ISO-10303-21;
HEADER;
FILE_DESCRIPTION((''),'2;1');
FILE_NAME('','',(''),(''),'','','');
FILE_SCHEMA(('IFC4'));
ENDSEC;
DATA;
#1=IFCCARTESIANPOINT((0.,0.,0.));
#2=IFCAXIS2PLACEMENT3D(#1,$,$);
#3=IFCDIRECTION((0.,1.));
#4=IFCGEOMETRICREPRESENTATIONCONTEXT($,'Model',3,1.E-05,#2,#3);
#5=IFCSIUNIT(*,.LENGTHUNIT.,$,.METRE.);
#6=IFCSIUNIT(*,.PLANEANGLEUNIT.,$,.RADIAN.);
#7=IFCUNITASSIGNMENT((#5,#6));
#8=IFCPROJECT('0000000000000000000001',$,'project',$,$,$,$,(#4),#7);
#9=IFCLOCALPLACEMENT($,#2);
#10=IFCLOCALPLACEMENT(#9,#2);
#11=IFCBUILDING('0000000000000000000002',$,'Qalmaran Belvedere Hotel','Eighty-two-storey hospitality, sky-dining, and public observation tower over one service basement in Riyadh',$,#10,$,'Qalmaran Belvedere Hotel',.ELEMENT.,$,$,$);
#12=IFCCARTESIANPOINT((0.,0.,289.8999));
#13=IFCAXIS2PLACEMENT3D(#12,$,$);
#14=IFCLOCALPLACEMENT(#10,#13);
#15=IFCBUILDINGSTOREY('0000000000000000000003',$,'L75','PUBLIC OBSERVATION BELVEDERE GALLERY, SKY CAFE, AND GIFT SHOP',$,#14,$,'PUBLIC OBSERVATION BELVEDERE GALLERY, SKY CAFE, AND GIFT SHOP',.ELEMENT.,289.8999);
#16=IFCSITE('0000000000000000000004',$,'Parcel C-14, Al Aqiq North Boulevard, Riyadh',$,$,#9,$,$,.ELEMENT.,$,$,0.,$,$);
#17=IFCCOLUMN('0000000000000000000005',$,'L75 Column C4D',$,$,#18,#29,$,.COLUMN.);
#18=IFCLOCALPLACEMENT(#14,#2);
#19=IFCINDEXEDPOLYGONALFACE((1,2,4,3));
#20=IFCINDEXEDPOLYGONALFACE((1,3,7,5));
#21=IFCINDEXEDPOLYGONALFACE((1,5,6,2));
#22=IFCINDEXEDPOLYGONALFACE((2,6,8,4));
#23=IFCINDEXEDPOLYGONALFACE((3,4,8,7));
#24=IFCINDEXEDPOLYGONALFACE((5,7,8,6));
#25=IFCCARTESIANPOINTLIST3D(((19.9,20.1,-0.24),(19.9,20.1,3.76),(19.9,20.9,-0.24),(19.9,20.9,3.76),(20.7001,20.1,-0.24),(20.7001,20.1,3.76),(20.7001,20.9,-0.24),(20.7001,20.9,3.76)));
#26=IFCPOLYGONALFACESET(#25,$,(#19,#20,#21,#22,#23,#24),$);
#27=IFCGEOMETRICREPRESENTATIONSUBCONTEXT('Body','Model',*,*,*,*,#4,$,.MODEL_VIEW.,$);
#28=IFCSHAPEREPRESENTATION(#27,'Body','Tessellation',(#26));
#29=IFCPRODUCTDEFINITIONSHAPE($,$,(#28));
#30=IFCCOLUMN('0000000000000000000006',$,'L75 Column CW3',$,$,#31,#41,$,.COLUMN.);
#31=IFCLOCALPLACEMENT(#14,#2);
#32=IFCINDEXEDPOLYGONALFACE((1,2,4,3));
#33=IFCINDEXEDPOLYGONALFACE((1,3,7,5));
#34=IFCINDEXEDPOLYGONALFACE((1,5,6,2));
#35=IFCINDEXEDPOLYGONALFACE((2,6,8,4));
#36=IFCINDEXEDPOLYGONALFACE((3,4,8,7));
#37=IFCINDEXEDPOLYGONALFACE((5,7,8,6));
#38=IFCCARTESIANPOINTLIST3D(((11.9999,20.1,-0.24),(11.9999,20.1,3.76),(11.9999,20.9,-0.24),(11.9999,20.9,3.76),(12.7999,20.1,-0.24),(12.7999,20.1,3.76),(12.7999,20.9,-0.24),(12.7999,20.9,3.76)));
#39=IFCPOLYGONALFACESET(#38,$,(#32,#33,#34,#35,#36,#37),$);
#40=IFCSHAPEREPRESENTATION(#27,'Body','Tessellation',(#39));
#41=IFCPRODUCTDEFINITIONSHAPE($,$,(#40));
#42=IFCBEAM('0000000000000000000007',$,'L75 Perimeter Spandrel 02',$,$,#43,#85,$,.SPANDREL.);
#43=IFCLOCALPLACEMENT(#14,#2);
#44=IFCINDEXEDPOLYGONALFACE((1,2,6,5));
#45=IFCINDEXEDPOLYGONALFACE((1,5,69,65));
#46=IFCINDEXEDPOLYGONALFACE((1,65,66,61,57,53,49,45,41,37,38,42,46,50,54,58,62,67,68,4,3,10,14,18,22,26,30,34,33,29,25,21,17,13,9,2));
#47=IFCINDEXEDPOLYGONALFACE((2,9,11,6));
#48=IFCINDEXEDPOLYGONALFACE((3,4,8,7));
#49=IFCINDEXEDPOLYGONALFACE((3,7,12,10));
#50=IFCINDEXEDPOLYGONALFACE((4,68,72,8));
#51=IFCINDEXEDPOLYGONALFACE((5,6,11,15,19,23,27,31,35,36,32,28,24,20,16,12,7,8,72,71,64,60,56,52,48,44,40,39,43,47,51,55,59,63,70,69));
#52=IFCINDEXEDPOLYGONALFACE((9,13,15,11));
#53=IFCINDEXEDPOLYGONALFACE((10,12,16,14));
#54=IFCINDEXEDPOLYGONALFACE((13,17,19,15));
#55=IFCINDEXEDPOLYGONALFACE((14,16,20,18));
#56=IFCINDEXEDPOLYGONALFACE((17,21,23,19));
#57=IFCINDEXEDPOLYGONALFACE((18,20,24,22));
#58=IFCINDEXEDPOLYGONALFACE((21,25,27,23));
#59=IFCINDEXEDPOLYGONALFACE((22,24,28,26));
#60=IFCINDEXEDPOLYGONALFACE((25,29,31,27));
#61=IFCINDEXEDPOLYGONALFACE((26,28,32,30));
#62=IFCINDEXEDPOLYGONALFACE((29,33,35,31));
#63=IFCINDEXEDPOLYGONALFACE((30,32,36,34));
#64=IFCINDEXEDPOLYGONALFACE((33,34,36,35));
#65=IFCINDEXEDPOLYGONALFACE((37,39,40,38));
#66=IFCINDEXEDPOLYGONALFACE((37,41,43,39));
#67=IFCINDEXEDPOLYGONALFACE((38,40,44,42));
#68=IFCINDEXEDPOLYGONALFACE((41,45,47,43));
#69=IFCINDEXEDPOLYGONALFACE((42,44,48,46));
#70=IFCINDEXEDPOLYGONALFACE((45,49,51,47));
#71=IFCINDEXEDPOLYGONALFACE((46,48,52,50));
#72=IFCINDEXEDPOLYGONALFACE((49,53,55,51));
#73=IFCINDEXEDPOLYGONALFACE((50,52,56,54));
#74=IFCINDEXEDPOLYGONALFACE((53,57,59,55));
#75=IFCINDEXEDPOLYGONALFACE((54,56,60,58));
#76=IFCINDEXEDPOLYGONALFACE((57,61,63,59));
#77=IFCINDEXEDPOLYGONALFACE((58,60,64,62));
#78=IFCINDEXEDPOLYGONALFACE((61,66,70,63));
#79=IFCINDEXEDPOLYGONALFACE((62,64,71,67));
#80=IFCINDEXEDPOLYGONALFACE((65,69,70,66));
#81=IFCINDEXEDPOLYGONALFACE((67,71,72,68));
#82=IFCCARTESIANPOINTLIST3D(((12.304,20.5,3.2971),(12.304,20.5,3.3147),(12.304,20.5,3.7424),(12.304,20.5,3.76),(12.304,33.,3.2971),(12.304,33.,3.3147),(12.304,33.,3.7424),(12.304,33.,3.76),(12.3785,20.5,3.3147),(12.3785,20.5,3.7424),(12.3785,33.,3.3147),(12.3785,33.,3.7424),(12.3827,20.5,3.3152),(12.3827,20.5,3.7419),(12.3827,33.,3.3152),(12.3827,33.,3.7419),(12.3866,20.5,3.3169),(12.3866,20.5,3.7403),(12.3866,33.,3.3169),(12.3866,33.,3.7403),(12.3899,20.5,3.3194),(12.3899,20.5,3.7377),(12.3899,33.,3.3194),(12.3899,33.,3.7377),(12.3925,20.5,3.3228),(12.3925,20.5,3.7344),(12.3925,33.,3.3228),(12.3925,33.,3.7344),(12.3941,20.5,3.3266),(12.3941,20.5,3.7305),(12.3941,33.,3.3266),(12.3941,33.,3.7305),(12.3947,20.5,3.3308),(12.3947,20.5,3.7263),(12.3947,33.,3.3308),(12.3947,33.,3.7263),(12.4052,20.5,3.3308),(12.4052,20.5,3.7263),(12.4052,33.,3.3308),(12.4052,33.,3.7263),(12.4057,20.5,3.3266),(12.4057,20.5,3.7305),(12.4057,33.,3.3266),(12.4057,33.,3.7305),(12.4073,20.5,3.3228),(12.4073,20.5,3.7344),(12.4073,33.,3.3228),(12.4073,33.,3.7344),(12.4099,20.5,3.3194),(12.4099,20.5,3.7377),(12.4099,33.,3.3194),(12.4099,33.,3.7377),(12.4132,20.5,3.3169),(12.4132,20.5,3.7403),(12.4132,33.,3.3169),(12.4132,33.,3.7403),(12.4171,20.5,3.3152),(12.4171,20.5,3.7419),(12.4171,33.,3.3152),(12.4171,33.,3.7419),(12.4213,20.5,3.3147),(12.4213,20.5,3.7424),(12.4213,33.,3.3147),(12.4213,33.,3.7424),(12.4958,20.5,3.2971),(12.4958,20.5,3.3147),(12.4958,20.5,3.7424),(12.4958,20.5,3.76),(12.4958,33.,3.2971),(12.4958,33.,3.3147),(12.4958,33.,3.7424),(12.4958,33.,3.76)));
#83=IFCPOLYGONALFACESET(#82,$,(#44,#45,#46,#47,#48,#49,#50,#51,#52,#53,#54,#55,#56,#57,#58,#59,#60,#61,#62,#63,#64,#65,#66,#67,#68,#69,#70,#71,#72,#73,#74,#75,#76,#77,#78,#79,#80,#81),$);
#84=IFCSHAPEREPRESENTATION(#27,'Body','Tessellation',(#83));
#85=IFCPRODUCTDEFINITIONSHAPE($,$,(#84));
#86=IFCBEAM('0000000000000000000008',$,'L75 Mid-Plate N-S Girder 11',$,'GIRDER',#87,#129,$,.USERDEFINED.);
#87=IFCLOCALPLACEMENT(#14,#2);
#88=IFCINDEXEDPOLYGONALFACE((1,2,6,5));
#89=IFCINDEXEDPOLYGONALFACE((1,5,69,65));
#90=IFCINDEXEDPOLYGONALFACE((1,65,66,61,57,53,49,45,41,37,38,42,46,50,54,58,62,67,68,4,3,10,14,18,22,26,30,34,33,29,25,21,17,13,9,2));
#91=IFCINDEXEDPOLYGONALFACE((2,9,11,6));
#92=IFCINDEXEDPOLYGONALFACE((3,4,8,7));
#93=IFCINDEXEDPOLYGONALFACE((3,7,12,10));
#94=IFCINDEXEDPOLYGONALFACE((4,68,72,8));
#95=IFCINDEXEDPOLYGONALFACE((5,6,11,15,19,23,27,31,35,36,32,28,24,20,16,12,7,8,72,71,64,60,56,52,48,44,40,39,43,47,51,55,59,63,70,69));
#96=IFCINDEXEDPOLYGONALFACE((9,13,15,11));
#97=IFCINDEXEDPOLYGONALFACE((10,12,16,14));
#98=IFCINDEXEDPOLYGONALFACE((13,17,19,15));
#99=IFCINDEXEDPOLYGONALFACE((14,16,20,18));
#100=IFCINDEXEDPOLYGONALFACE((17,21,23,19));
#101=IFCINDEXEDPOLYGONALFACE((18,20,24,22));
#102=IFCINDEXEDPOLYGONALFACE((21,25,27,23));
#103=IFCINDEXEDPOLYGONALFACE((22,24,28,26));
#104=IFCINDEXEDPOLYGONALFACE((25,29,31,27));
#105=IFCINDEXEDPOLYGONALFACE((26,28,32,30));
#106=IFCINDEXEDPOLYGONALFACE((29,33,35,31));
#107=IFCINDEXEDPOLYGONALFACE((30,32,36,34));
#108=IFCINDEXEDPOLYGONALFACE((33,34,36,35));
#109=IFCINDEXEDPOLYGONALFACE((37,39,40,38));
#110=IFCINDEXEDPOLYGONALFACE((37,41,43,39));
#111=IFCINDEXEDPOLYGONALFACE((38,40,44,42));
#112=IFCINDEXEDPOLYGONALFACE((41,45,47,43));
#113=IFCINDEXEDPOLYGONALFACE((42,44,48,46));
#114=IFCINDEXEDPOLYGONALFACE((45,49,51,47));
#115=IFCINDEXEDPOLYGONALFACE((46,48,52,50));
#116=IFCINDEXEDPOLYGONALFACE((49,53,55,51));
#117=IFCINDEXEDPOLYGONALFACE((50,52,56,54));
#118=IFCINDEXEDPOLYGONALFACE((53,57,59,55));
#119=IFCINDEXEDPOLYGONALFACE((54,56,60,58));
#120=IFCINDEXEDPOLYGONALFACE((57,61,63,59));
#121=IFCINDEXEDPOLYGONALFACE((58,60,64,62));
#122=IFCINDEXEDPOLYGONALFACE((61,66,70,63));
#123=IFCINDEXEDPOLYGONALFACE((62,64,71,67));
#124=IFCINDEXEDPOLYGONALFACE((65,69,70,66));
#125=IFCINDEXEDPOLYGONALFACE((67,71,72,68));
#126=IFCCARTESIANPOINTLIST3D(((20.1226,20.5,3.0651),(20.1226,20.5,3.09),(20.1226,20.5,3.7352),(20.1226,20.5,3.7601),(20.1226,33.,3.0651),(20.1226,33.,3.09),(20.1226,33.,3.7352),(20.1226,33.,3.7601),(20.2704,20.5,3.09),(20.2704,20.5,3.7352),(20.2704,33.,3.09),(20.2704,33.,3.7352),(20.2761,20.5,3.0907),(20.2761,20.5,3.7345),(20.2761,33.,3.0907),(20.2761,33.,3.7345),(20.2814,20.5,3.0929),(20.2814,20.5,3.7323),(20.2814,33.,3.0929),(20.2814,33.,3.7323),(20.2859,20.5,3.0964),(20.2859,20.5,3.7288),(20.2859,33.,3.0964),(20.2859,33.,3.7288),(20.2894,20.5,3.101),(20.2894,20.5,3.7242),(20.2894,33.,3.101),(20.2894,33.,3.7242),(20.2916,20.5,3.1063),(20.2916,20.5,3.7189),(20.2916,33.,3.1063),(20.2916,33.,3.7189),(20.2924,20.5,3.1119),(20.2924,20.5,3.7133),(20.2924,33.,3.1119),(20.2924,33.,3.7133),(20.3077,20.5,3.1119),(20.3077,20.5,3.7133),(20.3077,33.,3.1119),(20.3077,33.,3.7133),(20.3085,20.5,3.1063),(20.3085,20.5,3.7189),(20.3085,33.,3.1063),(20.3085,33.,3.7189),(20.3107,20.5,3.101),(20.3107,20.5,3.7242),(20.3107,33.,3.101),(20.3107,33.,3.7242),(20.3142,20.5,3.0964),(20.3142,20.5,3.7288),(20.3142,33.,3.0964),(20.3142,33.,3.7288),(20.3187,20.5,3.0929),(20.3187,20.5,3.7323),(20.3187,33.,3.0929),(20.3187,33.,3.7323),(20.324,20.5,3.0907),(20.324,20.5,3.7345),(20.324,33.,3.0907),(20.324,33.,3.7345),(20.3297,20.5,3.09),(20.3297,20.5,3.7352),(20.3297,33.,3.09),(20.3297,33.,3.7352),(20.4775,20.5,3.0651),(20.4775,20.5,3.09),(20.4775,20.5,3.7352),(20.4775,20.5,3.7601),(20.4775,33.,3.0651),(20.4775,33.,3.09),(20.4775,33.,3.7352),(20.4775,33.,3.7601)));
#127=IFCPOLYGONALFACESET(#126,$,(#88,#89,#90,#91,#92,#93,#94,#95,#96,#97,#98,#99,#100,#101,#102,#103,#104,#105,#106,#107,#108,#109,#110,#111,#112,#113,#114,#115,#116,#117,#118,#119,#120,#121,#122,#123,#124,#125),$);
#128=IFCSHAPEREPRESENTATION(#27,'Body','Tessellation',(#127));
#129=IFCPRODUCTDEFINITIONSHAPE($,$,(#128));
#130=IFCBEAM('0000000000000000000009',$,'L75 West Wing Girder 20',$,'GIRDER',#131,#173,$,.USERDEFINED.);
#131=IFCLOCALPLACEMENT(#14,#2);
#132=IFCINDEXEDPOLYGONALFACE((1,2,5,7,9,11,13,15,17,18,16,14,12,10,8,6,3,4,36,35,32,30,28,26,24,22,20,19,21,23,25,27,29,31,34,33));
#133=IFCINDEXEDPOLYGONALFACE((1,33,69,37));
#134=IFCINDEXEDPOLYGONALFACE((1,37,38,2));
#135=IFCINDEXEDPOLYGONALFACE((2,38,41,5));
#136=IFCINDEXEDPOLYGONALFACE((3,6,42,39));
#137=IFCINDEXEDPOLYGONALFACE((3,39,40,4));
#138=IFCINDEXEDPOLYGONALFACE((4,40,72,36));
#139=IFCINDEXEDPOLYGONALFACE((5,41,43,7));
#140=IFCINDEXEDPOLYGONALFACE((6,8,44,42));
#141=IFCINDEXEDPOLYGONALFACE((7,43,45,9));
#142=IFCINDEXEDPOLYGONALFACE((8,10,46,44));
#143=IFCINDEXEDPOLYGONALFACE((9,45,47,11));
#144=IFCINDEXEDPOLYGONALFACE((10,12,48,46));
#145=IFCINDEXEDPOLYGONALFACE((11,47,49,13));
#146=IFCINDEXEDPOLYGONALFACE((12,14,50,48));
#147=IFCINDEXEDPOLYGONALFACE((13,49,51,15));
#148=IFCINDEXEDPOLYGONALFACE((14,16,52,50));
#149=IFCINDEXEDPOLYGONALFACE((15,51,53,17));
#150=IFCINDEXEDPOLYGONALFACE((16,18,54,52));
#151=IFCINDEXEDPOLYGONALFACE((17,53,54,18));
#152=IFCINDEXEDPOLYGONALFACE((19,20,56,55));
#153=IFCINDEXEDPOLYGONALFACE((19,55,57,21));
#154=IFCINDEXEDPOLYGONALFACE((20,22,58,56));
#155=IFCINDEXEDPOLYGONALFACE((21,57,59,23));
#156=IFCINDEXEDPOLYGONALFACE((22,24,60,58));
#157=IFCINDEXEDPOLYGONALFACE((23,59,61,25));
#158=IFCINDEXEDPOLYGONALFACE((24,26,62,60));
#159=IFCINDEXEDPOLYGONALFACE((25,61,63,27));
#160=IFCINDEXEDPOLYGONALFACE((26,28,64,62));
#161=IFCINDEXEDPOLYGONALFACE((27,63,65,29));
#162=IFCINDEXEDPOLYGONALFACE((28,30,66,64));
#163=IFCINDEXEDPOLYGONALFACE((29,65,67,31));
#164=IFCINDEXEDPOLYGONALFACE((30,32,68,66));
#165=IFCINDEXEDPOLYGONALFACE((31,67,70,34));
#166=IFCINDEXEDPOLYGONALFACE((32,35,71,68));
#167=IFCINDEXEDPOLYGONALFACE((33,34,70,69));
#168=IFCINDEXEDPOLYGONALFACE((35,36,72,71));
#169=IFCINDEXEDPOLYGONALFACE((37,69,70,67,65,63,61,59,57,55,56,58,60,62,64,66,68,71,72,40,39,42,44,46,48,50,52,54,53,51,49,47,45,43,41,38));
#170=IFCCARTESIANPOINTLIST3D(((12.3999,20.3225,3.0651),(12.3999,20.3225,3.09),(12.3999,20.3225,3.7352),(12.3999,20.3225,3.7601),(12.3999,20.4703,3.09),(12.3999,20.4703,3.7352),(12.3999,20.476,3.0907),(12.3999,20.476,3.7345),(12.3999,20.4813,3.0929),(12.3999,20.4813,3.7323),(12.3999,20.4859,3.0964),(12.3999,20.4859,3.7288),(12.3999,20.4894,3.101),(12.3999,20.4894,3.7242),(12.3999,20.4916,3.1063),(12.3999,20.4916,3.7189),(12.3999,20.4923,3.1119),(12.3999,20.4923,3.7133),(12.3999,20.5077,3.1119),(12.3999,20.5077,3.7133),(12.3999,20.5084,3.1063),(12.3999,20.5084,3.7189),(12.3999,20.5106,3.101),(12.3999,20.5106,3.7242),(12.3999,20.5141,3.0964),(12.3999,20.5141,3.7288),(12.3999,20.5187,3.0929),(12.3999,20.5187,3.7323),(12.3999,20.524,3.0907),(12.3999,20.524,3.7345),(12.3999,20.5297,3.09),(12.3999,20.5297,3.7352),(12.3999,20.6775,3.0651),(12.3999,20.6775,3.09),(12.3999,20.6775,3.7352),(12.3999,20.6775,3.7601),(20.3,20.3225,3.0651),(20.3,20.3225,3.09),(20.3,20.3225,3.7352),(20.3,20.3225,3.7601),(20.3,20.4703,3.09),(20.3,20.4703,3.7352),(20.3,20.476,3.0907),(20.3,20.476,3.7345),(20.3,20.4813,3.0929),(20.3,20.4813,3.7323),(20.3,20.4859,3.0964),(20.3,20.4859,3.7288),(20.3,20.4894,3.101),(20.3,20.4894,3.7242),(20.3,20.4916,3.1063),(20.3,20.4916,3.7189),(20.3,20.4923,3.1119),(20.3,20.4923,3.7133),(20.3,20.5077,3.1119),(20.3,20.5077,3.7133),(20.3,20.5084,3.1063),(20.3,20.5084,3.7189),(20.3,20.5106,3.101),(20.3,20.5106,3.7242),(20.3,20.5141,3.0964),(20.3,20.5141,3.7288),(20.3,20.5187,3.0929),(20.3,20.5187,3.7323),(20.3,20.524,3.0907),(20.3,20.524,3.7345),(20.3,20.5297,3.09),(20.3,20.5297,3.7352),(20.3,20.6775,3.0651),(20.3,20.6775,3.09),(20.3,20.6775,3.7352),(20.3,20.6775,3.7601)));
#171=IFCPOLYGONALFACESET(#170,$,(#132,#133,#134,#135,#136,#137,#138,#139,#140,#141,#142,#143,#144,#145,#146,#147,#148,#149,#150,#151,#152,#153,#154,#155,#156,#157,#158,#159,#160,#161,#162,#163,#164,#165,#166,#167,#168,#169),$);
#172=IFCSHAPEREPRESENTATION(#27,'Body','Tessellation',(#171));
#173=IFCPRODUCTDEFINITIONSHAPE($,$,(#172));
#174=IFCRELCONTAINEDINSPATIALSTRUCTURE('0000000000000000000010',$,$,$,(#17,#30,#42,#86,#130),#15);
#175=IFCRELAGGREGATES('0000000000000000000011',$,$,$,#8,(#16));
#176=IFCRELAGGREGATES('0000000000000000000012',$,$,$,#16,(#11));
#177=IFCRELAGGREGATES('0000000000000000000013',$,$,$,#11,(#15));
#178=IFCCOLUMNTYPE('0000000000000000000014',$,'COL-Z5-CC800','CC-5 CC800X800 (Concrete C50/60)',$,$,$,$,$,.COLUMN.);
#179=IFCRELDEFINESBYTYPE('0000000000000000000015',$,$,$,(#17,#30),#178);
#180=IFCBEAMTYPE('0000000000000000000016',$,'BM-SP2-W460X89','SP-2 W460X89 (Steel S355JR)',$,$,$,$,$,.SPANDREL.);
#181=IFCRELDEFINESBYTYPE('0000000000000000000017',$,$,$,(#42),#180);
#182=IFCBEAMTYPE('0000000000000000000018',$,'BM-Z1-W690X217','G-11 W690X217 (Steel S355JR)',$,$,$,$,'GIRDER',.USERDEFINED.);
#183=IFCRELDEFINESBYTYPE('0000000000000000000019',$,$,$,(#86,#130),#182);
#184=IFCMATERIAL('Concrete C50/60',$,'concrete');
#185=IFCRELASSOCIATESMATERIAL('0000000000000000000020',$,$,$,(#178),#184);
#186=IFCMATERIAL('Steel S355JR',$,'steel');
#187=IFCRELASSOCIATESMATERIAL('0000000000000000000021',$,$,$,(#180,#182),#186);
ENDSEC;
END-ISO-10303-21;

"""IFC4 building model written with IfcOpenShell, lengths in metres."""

from ifc_helpers import new_model, si_unit, direction, frame, origin, origin_2d, place, context, subcontext, project, spatial, rectangle, i_section, extrude, material, material_profile, profile_set, type_object, element, save


model = new_model("IFC4")

# Units and contexts
model_context = context("Model", 3, precision=1e-05, world=origin(), true_north=direction((0.0, 1.0)))
body_context = subcontext(model_context, "Body", "Model", "MODEL_VIEW")
ifc_project = project(units=[si_unit("LENGTHUNIT", "METRE"), si_unit("PLANEANGLEUNIT", "RADIAN")], contexts=[model_context])

# Site, building, storey
site_placement = place(None, origin())
site = spatial("IfcSite", under=ifc_project, at=site_placement, Name="Parcel C-14, Al Aqiq North Boulevard, Riyadh", CompositionType="ELEMENT", RefElevation=0.0)
building_placement = place(site_placement, origin())
building = spatial("IfcBuilding", under=site, at=building_placement, Name="Qalmaran Belvedere Hotel", Description="Eighty-two-storey hospitality, sky-dining, and public observation tower over one service basement in Riyadh", LongName="Qalmaran Belvedere Hotel", CompositionType="ELEMENT")
storey_placement = place(building_placement, frame((0.0, 0.0, 289.8999)))
storey = spatial("IfcBuildingStorey", under=building, at=storey_placement, Name="L75", Description="PUBLIC OBSERVATION BELVEDERE GALLERY, SKY CAFE, AND GIFT SHOP", LongName="PUBLIC OBSERVATION BELVEDERE GALLERY, SKY CAFE, AND GIFT SHOP", CompositionType="ELEMENT", Elevation=289.8999)

# Columns
ifc_material_1 = material(Name="Concrete C50/60", Category="concrete")
ifc_material_profile_1 = material_profile(ifc_material_1, rectangle(XDim=0.8, YDim=0.8, at=origin_2d()), Name="CC800X800")
ifc_profile_set_1 = profile_set([ifc_material_profile_1], Name="Concrete C50/60")
column_type = type_object("IfcColumnType", Name="COL-Z5-CC800", Description="CC-5 CC800X800 (Concrete C50/60)", PredefinedType="COLUMN", material=ifc_profile_set_1)
for number, where, z_axis, x_axis, name in (
    (1, (20.3, 20.5, -0.24), (0.0, 0.0, 1.0), (1.0, 0.0, 0.0), "L75 Column C4D"),
    (2, (12.3999, 20.5, -0.24), (0.0, 0.0, 1.0), (1.0, 0.0, 0.0), "L75 Column CW3"),
):
    element("IfcColumn", number, at=place(storey_placement, frame(where, z_axis=z_axis, x_axis=x_axis)), inside=storey, type_object=column_type, Name=name, PredefinedType="COLUMN", context=body_context, shape_type="SweptSolid", body=[
        extrude(rectangle(XDim=0.8, YDim=0.8, at=origin_2d()), origin(), (0.0, 0.0, 1.0), 4.0),
    ])

# Beams
ifc_material_2 = material(Name="Steel S355JR", Category="steel")
ifc_material_profile_2 = material_profile(ifc_material_2, i_section(OverallWidth=0.1919, OverallDepth=0.4629, WebThickness=0.0105, FlangeThickness=0.0176, FilletRadius=0.0161, at=origin_2d()), Name="W460X89")
ifc_profile_set_2 = profile_set([ifc_material_profile_2], Name="Steel S355JR")
beam_type_1 = type_object("IfcBeamType", Name="BM-SP2-W460X89", Description="SP-2 W460X89 (Steel S355JR)", PredefinedType="SPANDREL", material=ifc_profile_set_2)
beam_1_placement = place(storey_placement, frame((12.3999, 20.5, 3.5286), z_axis=(0.0, 1.0, 0.0), x_axis=(-1.0, 0.0, 0.0)))
element("IfcBeam", 3, at=beam_1_placement, inside=storey, type_object=beam_type_1, Name="L75 Perimeter Spandrel 02", PredefinedType="SPANDREL", context=body_context, shape_type="SweptSolid", body=[
    extrude(i_section(OverallWidth=0.1919, OverallDepth=0.4629, WebThickness=0.0105, FlangeThickness=0.0176, FilletRadius=0.0161, at=origin_2d()), origin(), (0.0, 0.0, 1.0), 12.5),
])
ifc_material_profile_3 = material_profile(ifc_material_2, i_section(OverallWidth=0.355, OverallDepth=0.6951, WebThickness=0.0154, FlangeThickness=0.0249, FilletRadius=0.022, at=origin_2d()), Name="W690X217")
ifc_profile_set_3 = profile_set([ifc_material_profile_3], Name="Steel S355JR")
beam_type_2 = type_object("IfcBeamType", Name="BM-Z1-W690X217", Description="G-11 W690X217 (Steel S355JR)", ElementType="GIRDER", PredefinedType="USERDEFINED", material=ifc_profile_set_3)
beam_2_placement = place(storey_placement, frame((20.3, 20.5, 3.4126), z_axis=(0.0, 1.0, 0.0), x_axis=(-1.0, 0.0, 0.0)))
element("IfcBeam", 4, at=beam_2_placement, inside=storey, type_object=beam_type_2, Name="L75 Mid-Plate N-S Girder 11", ObjectType="GIRDER", PredefinedType="USERDEFINED", context=body_context, shape_type="SweptSolid", body=[
    extrude(i_section(OverallWidth=0.355, OverallDepth=0.6951, WebThickness=0.0154, FlangeThickness=0.0249, FilletRadius=0.022, at=origin_2d()), origin(), (0.0, 0.0, 1.0), 12.5),
])
beam_3_placement = place(storey_placement, frame((12.3999, 20.5, 3.4126), z_axis=(1.0, 0.0, 0.0), x_axis=(0.0, 1.0, 0.0)))
element("IfcBeam", 5, at=beam_3_placement, inside=storey, type_object=beam_type_2, Name="L75 West Wing Girder 20", ObjectType="GIRDER", PredefinedType="USERDEFINED", context=body_context, shape_type="SweptSolid", body=[
    extrude(i_section(OverallWidth=0.355, OverallDepth=0.6951, WebThickness=0.0154, FlangeThickness=0.0249, FilletRadius=0.022, at=origin_2d()), origin(), (0.0, 0.0, 1.0), 7.9001),
])

save(model, "model.ifc")
